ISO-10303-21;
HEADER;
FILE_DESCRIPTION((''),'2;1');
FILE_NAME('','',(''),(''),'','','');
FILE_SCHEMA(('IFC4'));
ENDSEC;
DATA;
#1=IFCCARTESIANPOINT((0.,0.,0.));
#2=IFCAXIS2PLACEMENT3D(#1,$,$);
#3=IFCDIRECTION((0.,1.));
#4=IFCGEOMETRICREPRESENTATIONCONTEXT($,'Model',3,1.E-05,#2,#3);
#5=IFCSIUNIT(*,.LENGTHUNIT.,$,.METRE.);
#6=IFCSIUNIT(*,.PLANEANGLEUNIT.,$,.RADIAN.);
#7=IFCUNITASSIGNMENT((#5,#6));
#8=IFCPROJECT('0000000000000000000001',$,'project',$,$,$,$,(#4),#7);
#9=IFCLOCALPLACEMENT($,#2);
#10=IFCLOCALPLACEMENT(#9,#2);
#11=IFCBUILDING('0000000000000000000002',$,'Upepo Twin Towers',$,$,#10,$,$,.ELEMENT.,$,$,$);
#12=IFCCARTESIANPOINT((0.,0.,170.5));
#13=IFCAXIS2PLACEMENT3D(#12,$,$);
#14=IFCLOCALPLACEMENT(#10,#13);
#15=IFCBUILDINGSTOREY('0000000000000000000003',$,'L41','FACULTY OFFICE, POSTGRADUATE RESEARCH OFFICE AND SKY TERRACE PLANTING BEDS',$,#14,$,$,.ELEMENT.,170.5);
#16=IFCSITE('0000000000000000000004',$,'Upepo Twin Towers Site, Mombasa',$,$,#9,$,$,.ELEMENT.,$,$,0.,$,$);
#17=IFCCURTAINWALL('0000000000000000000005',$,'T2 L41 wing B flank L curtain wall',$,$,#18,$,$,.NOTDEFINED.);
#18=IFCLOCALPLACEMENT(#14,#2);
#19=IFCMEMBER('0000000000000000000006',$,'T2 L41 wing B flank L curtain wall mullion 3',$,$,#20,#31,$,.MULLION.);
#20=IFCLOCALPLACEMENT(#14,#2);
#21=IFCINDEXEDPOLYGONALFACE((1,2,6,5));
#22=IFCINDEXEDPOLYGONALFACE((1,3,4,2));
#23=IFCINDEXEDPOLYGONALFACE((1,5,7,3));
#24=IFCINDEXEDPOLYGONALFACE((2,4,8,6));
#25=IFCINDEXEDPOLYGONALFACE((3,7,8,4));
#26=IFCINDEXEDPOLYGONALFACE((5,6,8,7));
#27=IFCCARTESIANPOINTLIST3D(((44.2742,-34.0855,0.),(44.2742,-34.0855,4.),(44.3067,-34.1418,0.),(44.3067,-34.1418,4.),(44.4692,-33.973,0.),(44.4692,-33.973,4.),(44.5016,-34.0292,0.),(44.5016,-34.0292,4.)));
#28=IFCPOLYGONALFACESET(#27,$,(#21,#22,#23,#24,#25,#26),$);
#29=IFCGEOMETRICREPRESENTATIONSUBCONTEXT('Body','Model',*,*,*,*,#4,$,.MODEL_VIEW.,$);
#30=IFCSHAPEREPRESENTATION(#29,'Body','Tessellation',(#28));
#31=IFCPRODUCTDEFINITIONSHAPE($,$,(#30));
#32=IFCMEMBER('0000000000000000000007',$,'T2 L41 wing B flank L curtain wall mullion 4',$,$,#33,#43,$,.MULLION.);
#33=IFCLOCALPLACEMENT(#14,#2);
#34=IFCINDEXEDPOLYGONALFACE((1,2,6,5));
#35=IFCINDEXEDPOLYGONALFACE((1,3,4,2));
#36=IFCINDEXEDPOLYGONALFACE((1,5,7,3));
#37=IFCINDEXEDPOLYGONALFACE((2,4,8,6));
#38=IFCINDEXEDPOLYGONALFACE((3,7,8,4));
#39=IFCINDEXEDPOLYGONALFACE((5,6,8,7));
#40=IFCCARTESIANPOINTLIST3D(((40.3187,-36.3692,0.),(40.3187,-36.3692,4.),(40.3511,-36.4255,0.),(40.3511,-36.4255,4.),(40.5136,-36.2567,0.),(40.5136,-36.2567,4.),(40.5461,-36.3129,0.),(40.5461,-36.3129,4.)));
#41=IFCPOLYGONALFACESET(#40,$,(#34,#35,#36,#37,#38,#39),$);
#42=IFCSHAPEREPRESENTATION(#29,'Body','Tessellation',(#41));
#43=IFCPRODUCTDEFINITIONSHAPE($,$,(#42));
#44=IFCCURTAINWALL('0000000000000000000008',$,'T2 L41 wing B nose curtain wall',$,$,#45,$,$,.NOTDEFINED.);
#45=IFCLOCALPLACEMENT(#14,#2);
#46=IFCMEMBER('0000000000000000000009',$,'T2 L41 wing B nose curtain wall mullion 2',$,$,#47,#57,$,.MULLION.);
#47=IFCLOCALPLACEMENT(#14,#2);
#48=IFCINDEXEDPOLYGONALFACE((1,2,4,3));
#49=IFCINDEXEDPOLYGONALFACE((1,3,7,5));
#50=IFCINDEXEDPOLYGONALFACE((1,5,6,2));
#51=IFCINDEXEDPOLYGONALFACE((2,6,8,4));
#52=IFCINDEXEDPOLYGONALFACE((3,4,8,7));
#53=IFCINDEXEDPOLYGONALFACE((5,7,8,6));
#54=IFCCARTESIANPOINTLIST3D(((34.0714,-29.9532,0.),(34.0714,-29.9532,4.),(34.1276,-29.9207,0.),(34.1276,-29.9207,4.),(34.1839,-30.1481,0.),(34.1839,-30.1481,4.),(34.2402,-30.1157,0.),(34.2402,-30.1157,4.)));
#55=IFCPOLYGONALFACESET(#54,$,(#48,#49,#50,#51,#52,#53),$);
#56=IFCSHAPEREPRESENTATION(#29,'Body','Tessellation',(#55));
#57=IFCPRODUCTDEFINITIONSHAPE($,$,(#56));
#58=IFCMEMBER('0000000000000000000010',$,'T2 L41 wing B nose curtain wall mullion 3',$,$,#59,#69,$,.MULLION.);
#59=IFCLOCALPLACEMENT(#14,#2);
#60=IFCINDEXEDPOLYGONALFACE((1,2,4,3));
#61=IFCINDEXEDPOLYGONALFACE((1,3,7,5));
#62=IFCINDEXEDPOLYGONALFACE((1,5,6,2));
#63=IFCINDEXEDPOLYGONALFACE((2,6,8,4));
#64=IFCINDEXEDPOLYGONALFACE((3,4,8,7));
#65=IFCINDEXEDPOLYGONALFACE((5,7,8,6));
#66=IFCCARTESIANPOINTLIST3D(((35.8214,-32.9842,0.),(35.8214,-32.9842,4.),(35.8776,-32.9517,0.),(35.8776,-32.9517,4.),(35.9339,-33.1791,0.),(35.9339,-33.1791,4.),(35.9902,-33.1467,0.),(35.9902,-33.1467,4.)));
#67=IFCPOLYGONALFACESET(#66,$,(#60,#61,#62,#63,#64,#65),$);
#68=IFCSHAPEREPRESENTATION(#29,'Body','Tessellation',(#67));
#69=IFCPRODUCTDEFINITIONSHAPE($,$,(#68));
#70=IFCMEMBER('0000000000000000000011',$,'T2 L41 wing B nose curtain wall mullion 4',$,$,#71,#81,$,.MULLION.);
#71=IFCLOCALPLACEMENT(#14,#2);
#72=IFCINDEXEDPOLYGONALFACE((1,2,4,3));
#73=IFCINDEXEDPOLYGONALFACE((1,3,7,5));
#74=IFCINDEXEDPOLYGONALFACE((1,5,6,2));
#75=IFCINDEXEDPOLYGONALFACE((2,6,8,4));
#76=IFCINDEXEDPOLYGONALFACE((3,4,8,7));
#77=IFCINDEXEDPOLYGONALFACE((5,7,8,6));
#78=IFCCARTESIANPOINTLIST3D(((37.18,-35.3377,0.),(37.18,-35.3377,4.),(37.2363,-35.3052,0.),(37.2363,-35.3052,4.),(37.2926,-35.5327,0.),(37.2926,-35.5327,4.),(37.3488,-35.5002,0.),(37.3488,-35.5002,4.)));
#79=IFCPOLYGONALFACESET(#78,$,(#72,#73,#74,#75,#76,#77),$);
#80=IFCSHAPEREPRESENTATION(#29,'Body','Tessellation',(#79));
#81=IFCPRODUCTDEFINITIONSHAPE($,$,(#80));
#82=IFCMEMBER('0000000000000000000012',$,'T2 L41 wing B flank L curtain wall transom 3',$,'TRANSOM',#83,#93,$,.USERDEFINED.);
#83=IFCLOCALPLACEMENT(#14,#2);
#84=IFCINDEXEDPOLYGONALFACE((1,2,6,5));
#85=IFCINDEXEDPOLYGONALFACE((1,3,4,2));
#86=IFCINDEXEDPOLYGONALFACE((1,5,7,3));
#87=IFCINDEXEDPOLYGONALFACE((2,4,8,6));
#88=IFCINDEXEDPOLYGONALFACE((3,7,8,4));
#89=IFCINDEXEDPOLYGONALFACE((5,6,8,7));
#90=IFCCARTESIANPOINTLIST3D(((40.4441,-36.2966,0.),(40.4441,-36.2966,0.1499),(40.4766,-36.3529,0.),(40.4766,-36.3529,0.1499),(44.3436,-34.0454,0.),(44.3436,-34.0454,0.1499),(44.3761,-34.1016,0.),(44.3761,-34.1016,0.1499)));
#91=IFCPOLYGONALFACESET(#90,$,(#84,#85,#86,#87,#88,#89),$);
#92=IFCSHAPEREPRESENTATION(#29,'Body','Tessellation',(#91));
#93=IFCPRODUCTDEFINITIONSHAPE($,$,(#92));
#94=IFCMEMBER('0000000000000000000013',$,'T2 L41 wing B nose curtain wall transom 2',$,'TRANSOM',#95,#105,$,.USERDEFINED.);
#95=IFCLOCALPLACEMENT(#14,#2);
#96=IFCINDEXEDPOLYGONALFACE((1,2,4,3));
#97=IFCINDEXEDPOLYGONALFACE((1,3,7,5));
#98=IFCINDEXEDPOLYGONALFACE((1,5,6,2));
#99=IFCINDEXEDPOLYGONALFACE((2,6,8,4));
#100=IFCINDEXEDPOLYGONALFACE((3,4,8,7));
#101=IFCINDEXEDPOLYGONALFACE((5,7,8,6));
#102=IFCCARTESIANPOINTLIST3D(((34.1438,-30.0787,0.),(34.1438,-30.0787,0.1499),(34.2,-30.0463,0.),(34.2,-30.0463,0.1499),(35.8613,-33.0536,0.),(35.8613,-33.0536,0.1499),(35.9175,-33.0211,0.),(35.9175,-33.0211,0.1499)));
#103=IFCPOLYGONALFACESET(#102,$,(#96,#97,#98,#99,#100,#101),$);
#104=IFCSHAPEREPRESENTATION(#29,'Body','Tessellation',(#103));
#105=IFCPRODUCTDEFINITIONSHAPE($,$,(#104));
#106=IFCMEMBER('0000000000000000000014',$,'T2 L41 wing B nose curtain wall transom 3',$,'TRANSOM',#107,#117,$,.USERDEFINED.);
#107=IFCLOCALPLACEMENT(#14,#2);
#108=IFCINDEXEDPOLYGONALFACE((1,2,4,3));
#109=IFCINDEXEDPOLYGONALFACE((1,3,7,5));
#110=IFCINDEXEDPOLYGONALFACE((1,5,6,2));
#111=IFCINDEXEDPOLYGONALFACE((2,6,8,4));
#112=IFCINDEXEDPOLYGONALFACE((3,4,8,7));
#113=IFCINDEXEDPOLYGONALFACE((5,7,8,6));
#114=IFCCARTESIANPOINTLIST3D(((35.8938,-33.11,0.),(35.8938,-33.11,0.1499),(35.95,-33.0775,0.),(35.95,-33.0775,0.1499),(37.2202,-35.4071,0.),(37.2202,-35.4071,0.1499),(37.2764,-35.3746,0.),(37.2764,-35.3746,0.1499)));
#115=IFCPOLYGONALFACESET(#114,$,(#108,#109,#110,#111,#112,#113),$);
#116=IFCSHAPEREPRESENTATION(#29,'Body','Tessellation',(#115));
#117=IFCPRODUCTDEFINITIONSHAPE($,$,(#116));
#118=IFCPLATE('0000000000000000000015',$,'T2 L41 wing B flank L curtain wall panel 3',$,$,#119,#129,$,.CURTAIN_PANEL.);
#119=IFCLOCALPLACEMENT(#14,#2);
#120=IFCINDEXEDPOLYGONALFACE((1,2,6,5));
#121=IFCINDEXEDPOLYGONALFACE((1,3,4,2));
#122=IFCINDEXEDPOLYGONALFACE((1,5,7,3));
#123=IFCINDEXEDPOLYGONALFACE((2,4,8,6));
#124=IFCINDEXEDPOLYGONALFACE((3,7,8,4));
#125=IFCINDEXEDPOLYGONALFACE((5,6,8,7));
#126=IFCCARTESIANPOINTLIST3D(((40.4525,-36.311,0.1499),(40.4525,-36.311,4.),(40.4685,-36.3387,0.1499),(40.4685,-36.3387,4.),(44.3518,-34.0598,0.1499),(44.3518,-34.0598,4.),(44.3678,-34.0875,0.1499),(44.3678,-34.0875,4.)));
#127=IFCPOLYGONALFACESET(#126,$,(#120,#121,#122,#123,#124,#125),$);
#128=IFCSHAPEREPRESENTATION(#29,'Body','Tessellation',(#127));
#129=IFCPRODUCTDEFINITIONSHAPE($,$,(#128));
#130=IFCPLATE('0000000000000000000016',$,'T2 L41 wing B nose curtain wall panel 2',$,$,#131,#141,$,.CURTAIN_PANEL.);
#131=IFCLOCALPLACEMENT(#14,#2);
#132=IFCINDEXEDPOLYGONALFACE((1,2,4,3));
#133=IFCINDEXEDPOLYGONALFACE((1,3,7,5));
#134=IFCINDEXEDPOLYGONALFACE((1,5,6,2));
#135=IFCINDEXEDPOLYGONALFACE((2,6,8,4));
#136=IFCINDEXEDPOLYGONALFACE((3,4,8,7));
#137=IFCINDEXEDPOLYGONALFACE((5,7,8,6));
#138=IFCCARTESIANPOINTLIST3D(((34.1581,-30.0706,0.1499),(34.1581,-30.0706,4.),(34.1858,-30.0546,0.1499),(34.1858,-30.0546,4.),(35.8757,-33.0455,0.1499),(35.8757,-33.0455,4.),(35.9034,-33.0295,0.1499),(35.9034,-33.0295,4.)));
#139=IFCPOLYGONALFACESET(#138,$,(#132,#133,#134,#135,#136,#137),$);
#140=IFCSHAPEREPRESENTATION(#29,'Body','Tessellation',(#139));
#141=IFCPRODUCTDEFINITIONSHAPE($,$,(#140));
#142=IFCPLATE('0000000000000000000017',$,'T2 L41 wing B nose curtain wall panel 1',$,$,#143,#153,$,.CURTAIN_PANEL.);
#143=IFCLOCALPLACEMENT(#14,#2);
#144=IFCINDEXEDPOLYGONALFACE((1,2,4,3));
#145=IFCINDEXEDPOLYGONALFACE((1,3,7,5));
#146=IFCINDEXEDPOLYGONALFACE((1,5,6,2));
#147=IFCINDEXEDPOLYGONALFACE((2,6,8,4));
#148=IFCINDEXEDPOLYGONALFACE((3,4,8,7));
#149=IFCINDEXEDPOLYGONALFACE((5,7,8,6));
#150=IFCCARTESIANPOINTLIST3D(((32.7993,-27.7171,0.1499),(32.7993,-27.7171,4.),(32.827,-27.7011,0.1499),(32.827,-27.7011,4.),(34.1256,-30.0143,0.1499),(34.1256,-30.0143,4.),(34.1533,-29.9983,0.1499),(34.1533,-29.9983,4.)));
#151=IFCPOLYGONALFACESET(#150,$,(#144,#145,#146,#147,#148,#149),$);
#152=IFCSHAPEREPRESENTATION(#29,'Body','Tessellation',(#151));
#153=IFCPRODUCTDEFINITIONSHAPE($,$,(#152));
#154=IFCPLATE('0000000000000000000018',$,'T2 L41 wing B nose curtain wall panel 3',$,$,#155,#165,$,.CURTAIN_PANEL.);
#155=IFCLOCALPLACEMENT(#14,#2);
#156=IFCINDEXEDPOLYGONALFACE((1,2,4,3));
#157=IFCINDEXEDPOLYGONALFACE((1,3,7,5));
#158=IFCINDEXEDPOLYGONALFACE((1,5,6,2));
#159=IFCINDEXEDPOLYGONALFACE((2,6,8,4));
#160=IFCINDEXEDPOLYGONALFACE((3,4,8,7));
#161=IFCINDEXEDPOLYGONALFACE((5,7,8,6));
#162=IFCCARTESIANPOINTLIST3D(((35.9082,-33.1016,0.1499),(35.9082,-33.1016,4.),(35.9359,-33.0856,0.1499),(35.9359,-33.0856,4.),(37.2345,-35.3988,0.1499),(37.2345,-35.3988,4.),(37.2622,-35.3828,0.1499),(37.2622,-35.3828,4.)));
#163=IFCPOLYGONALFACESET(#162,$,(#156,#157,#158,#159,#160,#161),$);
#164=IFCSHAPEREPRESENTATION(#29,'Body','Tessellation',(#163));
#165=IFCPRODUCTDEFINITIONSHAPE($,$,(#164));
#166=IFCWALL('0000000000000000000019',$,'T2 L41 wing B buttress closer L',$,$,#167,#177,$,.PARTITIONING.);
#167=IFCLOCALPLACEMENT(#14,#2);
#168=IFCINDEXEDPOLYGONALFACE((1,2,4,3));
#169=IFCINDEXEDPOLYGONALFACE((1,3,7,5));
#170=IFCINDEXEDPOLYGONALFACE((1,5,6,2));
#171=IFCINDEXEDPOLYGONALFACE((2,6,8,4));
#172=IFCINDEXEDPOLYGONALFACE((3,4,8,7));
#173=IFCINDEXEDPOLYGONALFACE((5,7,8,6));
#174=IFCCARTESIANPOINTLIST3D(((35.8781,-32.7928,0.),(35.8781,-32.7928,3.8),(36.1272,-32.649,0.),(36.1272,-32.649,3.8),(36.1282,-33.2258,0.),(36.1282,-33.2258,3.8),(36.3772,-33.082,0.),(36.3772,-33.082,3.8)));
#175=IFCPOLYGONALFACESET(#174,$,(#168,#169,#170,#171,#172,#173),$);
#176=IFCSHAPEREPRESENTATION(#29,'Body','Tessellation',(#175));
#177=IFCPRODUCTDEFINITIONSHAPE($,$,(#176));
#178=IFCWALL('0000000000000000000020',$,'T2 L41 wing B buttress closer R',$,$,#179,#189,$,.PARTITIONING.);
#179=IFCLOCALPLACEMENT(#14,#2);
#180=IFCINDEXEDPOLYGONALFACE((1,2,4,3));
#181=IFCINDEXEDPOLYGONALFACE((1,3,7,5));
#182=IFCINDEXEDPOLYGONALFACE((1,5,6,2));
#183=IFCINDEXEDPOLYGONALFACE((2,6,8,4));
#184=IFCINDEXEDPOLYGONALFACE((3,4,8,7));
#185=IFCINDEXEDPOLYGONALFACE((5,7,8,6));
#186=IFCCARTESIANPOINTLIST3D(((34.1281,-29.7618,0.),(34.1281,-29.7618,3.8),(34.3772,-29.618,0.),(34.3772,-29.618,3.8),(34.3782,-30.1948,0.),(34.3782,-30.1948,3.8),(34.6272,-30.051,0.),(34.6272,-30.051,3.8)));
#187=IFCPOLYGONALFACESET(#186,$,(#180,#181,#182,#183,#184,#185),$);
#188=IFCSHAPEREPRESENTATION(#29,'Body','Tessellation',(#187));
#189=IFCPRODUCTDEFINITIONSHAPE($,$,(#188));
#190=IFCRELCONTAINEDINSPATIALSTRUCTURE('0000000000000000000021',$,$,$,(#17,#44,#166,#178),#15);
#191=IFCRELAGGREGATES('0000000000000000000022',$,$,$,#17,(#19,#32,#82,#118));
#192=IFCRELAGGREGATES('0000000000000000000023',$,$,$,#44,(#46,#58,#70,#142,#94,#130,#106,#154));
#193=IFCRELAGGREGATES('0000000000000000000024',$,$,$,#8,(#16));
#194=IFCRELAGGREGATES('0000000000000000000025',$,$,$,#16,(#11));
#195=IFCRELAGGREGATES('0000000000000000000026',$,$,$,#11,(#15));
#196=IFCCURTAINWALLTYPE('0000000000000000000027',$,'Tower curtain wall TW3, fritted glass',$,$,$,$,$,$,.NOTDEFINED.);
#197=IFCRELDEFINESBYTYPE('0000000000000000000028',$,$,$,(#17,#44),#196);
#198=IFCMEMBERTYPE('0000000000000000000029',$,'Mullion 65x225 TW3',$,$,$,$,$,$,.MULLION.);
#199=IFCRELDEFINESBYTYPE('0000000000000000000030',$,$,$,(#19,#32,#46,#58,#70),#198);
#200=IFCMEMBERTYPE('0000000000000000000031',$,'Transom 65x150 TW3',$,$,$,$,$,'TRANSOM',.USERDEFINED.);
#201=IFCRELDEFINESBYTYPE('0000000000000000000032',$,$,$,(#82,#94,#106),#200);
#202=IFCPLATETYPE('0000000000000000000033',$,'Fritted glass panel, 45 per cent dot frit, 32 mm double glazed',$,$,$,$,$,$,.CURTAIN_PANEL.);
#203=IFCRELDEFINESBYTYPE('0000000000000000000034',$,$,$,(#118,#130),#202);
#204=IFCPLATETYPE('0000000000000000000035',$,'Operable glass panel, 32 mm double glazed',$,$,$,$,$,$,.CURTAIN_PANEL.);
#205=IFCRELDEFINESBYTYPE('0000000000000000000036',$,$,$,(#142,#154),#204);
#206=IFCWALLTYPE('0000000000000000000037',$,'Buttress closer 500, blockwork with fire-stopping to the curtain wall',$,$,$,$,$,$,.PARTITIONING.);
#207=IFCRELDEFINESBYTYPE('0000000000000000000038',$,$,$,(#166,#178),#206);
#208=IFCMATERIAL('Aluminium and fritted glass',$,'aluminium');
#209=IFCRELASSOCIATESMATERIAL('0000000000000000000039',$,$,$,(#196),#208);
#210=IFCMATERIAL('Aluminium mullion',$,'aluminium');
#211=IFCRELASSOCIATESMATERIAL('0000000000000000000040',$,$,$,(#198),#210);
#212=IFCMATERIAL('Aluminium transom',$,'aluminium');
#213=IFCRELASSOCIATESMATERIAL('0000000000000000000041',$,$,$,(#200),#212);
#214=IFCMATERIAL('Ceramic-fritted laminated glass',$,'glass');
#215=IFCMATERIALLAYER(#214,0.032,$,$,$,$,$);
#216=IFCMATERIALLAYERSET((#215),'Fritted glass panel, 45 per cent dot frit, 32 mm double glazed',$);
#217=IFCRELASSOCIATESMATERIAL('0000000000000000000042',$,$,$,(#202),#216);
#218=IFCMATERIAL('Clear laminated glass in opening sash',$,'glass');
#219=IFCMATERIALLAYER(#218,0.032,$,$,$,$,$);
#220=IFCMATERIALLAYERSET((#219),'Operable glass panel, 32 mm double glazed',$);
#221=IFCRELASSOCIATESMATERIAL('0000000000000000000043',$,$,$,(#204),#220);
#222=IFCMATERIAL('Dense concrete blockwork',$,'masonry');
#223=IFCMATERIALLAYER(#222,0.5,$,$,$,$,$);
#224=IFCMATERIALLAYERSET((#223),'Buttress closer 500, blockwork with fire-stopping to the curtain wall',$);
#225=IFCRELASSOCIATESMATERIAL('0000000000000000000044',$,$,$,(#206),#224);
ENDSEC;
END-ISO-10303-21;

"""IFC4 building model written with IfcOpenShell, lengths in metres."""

from ifc_helpers import new_model, si_unit, direction, frame, frame_2d, origin, origin_2d, place, context, subcontext, project, spatial, rectangle, extrude, material, layer, layer_set, material_profile, profile_set, type_object, element, aggregate, save


model = new_model("IFC4")

# Units and contexts
model_context = context("Model", 3, precision=1e-05, world=origin(), true_north=direction((0.0, 1.0)))
body_context = subcontext(model_context, "Body", "Model", "MODEL_VIEW")
ifc_project = project(units=[si_unit("LENGTHUNIT", "METRE"), si_unit("PLANEANGLEUNIT", "RADIAN")], contexts=[model_context])

# Site, building, storey
site_placement = place(None, origin())
site = spatial("IfcSite", under=ifc_project, at=site_placement, Name="Upepo Twin Towers Site, Mombasa", CompositionType="ELEMENT", RefElevation=0.0)
building_placement = place(site_placement, origin())
building = spatial("IfcBuilding", under=site, at=building_placement, Name="Upepo Twin Towers", CompositionType="ELEMENT")
storey_placement = place(building_placement, frame((0.0, 0.0, 170.5)))
storey = spatial("IfcBuildingStorey", under=building, at=storey_placement, Name="L41", Description="FACULTY OFFICE, POSTGRADUATE RESEARCH OFFICE AND SKY TERRACE PLANTING BEDS", CompositionType="ELEMENT", Elevation=170.5)

# Curtain walls, members
ifc_material_1 = material(Name="Aluminium and fritted glass", Category="aluminium")
curtain_wall_type = type_object("IfcCurtainWallType", Name="Tower curtain wall TW3, fritted glass", PredefinedType="NOTDEFINED", material=ifc_material_1)
curtain_wall_1_placement = place(storey_placement, origin())
curtain_wall_1 = element("IfcCurtainWall", 1, at=curtain_wall_1_placement, inside=storey, type_object=curtain_wall_type, Name="T2 L41 wing B flank L curtain wall", PredefinedType="NOTDEFINED")
ifc_material_2 = material(Name="Aluminium mullion", Category="aluminium")
ifc_material_profile_1 = material_profile(ifc_material_2, rectangle(XDim=0.0649, YDim=0.2251, at=origin_2d()), Name="MULLION 65x225")
ifc_profile_set_1 = profile_set([ifc_material_profile_1], Name="Aluminium mullion")
member_type_1 = type_object("IfcMemberType", Name="Mullion 65x225 TW3", PredefinedType="MULLION", material=ifc_profile_set_1)
member_1_placement = place(storey_placement, frame((44.3879, -34.0574, 0.0), z_axis=(0.0, 0.0, 1.0), x_axis=(0.5, -0.866025, 0.0)))
member_1 = element("IfcMember", 2, at=member_1_placement, type_object=member_type_1, Name="T2 L41 wing B flank L curtain wall mullion 3", PredefinedType="MULLION", context=body_context, shape_type="SweptSolid", body=[
    extrude(rectangle(XDim=0.0649, YDim=0.2251, at=origin_2d()), origin(), (0.0, 0.0, 1.0), 4.0),
])
member_2_placement = place(storey_placement, frame((40.4324, -36.3411, 0.0), z_axis=(0.0, 0.0, 1.0), x_axis=(0.5, -0.866025, 0.0)))
member_2 = element("IfcMember", 3, at=member_2_placement, type_object=member_type_1, Name="T2 L41 wing B flank L curtain wall mullion 4", PredefinedType="MULLION", context=body_context, shape_type="SweptSolid", body=[
    extrude(rectangle(XDim=0.0649, YDim=0.2251, at=origin_2d()), origin(), (0.0, 0.0, 1.0), 4.0),
])
curtain_wall_2_placement = place(storey_placement, origin())
curtain_wall_2 = element("IfcCurtainWall", 4, at=curtain_wall_2_placement, inside=storey, type_object=curtain_wall_type, Name="T2 L41 wing B nose curtain wall", PredefinedType="NOTDEFINED")
member_3_placement = place(storey_placement, frame((34.1558, -30.0344, 0.0), z_axis=(0.0, 0.0, 1.0), x_axis=(0.866025, 0.5, 0.0)))
member_3 = element("IfcMember", 5, at=member_3_placement, type_object=member_type_1, Name="T2 L41 wing B nose curtain wall mullion 2", PredefinedType="MULLION", context=body_context, shape_type="SweptSolid", body=[
    extrude(rectangle(XDim=0.0649, YDim=0.2251, at=origin_2d()), origin(), (0.0, 0.0, 1.0), 4.0),
])
member_4_placement = place(storey_placement, frame((35.9058, -33.0654, 0.0), z_axis=(0.0, 0.0, 1.0), x_axis=(0.866025, 0.5, 0.0)))
member_4 = element("IfcMember", 6, at=member_4_placement, type_object=member_type_1, Name="T2 L41 wing B nose curtain wall mullion 3", PredefinedType="MULLION", context=body_context, shape_type="SweptSolid", body=[
    extrude(rectangle(XDim=0.0649, YDim=0.2251, at=origin_2d()), origin(), (0.0, 0.0, 1.0), 4.0),
])
member_5_placement = place(storey_placement, frame((37.2644, -35.4189, 0.0), z_axis=(0.0, 0.0, 1.0), x_axis=(0.866025, 0.5, 0.0)))
member_5 = element("IfcMember", 7, at=member_5_placement, type_object=member_type_1, Name="T2 L41 wing B nose curtain wall mullion 4", PredefinedType="MULLION", context=body_context, shape_type="SweptSolid", body=[
    extrude(rectangle(XDim=0.0649, YDim=0.2251, at=origin_2d()), origin(), (0.0, 0.0, 1.0), 4.0),
])

# Members
ifc_material_3 = material(Name="Aluminium transom", Category="aluminium")
ifc_material_profile_2 = material_profile(ifc_material_3, rectangle(XDim=0.0649, YDim=0.1499, at=origin_2d()), Name="TRANSOM 65x150")
ifc_profile_set_2 = profile_set([ifc_material_profile_2], Name="Aluminium transom")
member_type_2 = type_object("IfcMemberType", Name="Transom 65x150 TW3", ElementType="TRANSOM", PredefinedType="USERDEFINED", material=ifc_profile_set_2)
member_6_placement = place(storey_placement, frame((44.3599, -34.0735, 0.075), z_axis=(-0.866036, -0.499982, 0.0), x_axis=(0.499982, -0.866036, 0.0)))
member_6 = element("IfcMember", 8, at=member_6_placement, type_object=member_type_2, Name="T2 L41 wing B flank L curtain wall transom 3", ObjectType="TRANSOM", PredefinedType="USERDEFINED", context=body_context, shape_type="SweptSolid", body=[
    extrude(rectangle(XDim=0.0649, YDim=0.1499, at=origin_2d()), origin(), (0.0, 0.0, 1.0), 4.5027),
])
member_7_placement = place(storey_placement, frame((34.1719, -30.0625, 0.075), z_axis=(0.499999, -0.866026, 0.0), x_axis=(0.866026, 0.499999, 0.0)))
member_7 = element("IfcMember", 9, at=member_7_placement, type_object=member_type_2, Name="T2 L41 wing B nose curtain wall transom 2", ObjectType="TRANSOM", PredefinedType="USERDEFINED", context=body_context, shape_type="SweptSolid", body=[
    extrude(rectangle(XDim=0.0649, YDim=0.1499, at=origin_2d()), origin(), (0.0, 0.0, 1.0), 3.4351),
])
member_8_placement = place(storey_placement, frame((35.9219, -33.0938, 0.075), z_axis=(0.500049, -0.865997, 0.0), x_axis=(0.865997, 0.500049, 0.0)))
member_8 = element("IfcMember", 10, at=member_8_placement, type_object=member_type_2, Name="T2 L41 wing B nose curtain wall transom 3", ObjectType="TRANSOM", PredefinedType="USERDEFINED", context=body_context, shape_type="SweptSolid", body=[
    extrude(rectangle(XDim=0.0649, YDim=0.1499, at=origin_2d()), origin(), (0.0, 0.0, 1.0), 2.6526),
])

# Plates
ifc_material_4 = material(Name="Ceramic-fritted laminated glass", Category="glass")
ifc_layer_1 = layer(ifc_material_4, 0.032)
ifc_layer_set_1 = layer_set([ifc_layer_1], Name="Fritted glass panel, 45 per cent dot frit, 32 mm double glazed")
plate_type_1 = type_object("IfcPlateType", Name="Fritted glass panel, 45 per cent dot frit, 32 mm double glazed", PredefinedType="CURTAIN_PANEL", material=ifc_layer_set_1)
plate_1_placement = place(storey_placement, frame((42.4102, -35.1992, 0.1499), z_axis=(0.0, 0.0, 1.0), x_axis=(-0.866025, -0.5, 0.0)))
plate_1 = element("IfcPlate", 11, at=plate_1_placement, type_object=plate_type_1, Name="T2 L41 wing B flank L curtain wall panel 3", PredefinedType="CURTAIN_PANEL", context=body_context, shape_type="SweptSolid", body=[
    extrude(rectangle(XDim=4.5024, YDim=0.032, at=origin_2d()), origin(), (0.0, 0.0, 1.0), 3.8501),
])
aggregate(curtain_wall_1, [member_1, member_2, member_6, plate_1])
plate_2_placement = place(storey_placement, frame((35.0308, -31.55, 0.1499), z_axis=(0.0, 0.0, 1.0), x_axis=(0.5, -0.866025, 0.0)))
plate_2 = element("IfcPlate", 12, at=plate_2_placement, type_object=plate_type_1, Name="T2 L41 wing B nose curtain wall panel 2", PredefinedType="CURTAIN_PANEL", context=body_context, shape_type="SweptSolid", body=[
    extrude(rectangle(XDim=3.4351, YDim=0.032, at=origin_2d()), origin(), (0.0, 0.0, 1.0), 3.8501),
])
ifc_material_5 = material(Name="Clear laminated glass in opening sash", Category="glass")
ifc_layer_2 = layer(ifc_material_5, 0.032)
ifc_layer_set_2 = layer_set([ifc_layer_2], Name="Operable glass panel, 32 mm double glazed")
plate_type_2 = type_object("IfcPlateType", Name="Operable glass panel, 32 mm double glazed", PredefinedType="CURTAIN_PANEL", material=ifc_layer_set_2)
plate_3_placement = place(storey_placement, frame((33.4763, -28.8577, 0.1499), z_axis=(0.0, 0.0, 1.0), x_axis=(0.5, -0.866025, 0.0)))
plate_3 = element("IfcPlate", 13, at=plate_3_placement, type_object=plate_type_2, Name="T2 L41 wing B nose curtain wall panel 1", PredefinedType="CURTAIN_PANEL", context=body_context, shape_type="SweptSolid", body=[
    extrude(rectangle(XDim=2.6526, YDim=0.032, at=origin_2d()), origin(), (0.0, 0.0, 1.0), 3.8501),
])
plate_4_placement = place(storey_placement, frame((36.5852, -34.2422, 0.1499), z_axis=(0.0, 0.0, 1.0), x_axis=(0.5, -0.866025, 0.0)))
plate_4 = element("IfcPlate", 14, at=plate_4_placement, type_object=plate_type_2, Name="T2 L41 wing B nose curtain wall panel 3", PredefinedType="CURTAIN_PANEL", context=body_context, shape_type="SweptSolid", body=[
    extrude(rectangle(XDim=2.6526, YDim=0.032, at=origin_2d()), origin(), (0.0, 0.0, 1.0), 3.8501),
])
aggregate(curtain_wall_2, [member_3, member_4, member_5, plate_3, member_7, plate_2, member_8, plate_4])

# Walls
ifc_material_6 = material(Name="Dense concrete blockwork", Category="masonry")
ifc_layer_3 = layer(ifc_material_6, 0.5)
ifc_layer_set_3 = layer_set([ifc_layer_3], Name="Buttress closer 500, blockwork with fire-stopping to the curtain wall")
wall_type_1 = type_object("IfcWallType", Name="Buttress closer 500, blockwork with fire-stopping to the curtain wall", PredefinedType="PARTITIONING", material=ifc_layer_set_3)
for number, where, z_axis, x_axis, name in (
    (15, (36.2522, -32.8655, 0.0), (0.0, 0.0, 1.0), (-0.865988, -0.500065, 0.0), "T2 L41 wing B buttress closer L"),
    (16, (34.5022, -29.8345, 0.0), (0.0, 0.0, 1.0), (-0.865988, -0.500065, 0.0), "T2 L41 wing B buttress closer R"),
):
    element("IfcWall", number, at=place(storey_placement, frame(where, z_axis=z_axis, x_axis=x_axis)), inside=storey, type_object=wall_type_1, Name=name, PredefinedType="PARTITIONING", context=body_context, shape_type="SweptSolid", body=[
        extrude(rectangle(XDim=0.2876, YDim=0.5, at=frame_2d((0.1438, 0.0))), origin(), (0.0, 0.0, 1.0), 3.8),
    ])

save(model, "model.ifc")
